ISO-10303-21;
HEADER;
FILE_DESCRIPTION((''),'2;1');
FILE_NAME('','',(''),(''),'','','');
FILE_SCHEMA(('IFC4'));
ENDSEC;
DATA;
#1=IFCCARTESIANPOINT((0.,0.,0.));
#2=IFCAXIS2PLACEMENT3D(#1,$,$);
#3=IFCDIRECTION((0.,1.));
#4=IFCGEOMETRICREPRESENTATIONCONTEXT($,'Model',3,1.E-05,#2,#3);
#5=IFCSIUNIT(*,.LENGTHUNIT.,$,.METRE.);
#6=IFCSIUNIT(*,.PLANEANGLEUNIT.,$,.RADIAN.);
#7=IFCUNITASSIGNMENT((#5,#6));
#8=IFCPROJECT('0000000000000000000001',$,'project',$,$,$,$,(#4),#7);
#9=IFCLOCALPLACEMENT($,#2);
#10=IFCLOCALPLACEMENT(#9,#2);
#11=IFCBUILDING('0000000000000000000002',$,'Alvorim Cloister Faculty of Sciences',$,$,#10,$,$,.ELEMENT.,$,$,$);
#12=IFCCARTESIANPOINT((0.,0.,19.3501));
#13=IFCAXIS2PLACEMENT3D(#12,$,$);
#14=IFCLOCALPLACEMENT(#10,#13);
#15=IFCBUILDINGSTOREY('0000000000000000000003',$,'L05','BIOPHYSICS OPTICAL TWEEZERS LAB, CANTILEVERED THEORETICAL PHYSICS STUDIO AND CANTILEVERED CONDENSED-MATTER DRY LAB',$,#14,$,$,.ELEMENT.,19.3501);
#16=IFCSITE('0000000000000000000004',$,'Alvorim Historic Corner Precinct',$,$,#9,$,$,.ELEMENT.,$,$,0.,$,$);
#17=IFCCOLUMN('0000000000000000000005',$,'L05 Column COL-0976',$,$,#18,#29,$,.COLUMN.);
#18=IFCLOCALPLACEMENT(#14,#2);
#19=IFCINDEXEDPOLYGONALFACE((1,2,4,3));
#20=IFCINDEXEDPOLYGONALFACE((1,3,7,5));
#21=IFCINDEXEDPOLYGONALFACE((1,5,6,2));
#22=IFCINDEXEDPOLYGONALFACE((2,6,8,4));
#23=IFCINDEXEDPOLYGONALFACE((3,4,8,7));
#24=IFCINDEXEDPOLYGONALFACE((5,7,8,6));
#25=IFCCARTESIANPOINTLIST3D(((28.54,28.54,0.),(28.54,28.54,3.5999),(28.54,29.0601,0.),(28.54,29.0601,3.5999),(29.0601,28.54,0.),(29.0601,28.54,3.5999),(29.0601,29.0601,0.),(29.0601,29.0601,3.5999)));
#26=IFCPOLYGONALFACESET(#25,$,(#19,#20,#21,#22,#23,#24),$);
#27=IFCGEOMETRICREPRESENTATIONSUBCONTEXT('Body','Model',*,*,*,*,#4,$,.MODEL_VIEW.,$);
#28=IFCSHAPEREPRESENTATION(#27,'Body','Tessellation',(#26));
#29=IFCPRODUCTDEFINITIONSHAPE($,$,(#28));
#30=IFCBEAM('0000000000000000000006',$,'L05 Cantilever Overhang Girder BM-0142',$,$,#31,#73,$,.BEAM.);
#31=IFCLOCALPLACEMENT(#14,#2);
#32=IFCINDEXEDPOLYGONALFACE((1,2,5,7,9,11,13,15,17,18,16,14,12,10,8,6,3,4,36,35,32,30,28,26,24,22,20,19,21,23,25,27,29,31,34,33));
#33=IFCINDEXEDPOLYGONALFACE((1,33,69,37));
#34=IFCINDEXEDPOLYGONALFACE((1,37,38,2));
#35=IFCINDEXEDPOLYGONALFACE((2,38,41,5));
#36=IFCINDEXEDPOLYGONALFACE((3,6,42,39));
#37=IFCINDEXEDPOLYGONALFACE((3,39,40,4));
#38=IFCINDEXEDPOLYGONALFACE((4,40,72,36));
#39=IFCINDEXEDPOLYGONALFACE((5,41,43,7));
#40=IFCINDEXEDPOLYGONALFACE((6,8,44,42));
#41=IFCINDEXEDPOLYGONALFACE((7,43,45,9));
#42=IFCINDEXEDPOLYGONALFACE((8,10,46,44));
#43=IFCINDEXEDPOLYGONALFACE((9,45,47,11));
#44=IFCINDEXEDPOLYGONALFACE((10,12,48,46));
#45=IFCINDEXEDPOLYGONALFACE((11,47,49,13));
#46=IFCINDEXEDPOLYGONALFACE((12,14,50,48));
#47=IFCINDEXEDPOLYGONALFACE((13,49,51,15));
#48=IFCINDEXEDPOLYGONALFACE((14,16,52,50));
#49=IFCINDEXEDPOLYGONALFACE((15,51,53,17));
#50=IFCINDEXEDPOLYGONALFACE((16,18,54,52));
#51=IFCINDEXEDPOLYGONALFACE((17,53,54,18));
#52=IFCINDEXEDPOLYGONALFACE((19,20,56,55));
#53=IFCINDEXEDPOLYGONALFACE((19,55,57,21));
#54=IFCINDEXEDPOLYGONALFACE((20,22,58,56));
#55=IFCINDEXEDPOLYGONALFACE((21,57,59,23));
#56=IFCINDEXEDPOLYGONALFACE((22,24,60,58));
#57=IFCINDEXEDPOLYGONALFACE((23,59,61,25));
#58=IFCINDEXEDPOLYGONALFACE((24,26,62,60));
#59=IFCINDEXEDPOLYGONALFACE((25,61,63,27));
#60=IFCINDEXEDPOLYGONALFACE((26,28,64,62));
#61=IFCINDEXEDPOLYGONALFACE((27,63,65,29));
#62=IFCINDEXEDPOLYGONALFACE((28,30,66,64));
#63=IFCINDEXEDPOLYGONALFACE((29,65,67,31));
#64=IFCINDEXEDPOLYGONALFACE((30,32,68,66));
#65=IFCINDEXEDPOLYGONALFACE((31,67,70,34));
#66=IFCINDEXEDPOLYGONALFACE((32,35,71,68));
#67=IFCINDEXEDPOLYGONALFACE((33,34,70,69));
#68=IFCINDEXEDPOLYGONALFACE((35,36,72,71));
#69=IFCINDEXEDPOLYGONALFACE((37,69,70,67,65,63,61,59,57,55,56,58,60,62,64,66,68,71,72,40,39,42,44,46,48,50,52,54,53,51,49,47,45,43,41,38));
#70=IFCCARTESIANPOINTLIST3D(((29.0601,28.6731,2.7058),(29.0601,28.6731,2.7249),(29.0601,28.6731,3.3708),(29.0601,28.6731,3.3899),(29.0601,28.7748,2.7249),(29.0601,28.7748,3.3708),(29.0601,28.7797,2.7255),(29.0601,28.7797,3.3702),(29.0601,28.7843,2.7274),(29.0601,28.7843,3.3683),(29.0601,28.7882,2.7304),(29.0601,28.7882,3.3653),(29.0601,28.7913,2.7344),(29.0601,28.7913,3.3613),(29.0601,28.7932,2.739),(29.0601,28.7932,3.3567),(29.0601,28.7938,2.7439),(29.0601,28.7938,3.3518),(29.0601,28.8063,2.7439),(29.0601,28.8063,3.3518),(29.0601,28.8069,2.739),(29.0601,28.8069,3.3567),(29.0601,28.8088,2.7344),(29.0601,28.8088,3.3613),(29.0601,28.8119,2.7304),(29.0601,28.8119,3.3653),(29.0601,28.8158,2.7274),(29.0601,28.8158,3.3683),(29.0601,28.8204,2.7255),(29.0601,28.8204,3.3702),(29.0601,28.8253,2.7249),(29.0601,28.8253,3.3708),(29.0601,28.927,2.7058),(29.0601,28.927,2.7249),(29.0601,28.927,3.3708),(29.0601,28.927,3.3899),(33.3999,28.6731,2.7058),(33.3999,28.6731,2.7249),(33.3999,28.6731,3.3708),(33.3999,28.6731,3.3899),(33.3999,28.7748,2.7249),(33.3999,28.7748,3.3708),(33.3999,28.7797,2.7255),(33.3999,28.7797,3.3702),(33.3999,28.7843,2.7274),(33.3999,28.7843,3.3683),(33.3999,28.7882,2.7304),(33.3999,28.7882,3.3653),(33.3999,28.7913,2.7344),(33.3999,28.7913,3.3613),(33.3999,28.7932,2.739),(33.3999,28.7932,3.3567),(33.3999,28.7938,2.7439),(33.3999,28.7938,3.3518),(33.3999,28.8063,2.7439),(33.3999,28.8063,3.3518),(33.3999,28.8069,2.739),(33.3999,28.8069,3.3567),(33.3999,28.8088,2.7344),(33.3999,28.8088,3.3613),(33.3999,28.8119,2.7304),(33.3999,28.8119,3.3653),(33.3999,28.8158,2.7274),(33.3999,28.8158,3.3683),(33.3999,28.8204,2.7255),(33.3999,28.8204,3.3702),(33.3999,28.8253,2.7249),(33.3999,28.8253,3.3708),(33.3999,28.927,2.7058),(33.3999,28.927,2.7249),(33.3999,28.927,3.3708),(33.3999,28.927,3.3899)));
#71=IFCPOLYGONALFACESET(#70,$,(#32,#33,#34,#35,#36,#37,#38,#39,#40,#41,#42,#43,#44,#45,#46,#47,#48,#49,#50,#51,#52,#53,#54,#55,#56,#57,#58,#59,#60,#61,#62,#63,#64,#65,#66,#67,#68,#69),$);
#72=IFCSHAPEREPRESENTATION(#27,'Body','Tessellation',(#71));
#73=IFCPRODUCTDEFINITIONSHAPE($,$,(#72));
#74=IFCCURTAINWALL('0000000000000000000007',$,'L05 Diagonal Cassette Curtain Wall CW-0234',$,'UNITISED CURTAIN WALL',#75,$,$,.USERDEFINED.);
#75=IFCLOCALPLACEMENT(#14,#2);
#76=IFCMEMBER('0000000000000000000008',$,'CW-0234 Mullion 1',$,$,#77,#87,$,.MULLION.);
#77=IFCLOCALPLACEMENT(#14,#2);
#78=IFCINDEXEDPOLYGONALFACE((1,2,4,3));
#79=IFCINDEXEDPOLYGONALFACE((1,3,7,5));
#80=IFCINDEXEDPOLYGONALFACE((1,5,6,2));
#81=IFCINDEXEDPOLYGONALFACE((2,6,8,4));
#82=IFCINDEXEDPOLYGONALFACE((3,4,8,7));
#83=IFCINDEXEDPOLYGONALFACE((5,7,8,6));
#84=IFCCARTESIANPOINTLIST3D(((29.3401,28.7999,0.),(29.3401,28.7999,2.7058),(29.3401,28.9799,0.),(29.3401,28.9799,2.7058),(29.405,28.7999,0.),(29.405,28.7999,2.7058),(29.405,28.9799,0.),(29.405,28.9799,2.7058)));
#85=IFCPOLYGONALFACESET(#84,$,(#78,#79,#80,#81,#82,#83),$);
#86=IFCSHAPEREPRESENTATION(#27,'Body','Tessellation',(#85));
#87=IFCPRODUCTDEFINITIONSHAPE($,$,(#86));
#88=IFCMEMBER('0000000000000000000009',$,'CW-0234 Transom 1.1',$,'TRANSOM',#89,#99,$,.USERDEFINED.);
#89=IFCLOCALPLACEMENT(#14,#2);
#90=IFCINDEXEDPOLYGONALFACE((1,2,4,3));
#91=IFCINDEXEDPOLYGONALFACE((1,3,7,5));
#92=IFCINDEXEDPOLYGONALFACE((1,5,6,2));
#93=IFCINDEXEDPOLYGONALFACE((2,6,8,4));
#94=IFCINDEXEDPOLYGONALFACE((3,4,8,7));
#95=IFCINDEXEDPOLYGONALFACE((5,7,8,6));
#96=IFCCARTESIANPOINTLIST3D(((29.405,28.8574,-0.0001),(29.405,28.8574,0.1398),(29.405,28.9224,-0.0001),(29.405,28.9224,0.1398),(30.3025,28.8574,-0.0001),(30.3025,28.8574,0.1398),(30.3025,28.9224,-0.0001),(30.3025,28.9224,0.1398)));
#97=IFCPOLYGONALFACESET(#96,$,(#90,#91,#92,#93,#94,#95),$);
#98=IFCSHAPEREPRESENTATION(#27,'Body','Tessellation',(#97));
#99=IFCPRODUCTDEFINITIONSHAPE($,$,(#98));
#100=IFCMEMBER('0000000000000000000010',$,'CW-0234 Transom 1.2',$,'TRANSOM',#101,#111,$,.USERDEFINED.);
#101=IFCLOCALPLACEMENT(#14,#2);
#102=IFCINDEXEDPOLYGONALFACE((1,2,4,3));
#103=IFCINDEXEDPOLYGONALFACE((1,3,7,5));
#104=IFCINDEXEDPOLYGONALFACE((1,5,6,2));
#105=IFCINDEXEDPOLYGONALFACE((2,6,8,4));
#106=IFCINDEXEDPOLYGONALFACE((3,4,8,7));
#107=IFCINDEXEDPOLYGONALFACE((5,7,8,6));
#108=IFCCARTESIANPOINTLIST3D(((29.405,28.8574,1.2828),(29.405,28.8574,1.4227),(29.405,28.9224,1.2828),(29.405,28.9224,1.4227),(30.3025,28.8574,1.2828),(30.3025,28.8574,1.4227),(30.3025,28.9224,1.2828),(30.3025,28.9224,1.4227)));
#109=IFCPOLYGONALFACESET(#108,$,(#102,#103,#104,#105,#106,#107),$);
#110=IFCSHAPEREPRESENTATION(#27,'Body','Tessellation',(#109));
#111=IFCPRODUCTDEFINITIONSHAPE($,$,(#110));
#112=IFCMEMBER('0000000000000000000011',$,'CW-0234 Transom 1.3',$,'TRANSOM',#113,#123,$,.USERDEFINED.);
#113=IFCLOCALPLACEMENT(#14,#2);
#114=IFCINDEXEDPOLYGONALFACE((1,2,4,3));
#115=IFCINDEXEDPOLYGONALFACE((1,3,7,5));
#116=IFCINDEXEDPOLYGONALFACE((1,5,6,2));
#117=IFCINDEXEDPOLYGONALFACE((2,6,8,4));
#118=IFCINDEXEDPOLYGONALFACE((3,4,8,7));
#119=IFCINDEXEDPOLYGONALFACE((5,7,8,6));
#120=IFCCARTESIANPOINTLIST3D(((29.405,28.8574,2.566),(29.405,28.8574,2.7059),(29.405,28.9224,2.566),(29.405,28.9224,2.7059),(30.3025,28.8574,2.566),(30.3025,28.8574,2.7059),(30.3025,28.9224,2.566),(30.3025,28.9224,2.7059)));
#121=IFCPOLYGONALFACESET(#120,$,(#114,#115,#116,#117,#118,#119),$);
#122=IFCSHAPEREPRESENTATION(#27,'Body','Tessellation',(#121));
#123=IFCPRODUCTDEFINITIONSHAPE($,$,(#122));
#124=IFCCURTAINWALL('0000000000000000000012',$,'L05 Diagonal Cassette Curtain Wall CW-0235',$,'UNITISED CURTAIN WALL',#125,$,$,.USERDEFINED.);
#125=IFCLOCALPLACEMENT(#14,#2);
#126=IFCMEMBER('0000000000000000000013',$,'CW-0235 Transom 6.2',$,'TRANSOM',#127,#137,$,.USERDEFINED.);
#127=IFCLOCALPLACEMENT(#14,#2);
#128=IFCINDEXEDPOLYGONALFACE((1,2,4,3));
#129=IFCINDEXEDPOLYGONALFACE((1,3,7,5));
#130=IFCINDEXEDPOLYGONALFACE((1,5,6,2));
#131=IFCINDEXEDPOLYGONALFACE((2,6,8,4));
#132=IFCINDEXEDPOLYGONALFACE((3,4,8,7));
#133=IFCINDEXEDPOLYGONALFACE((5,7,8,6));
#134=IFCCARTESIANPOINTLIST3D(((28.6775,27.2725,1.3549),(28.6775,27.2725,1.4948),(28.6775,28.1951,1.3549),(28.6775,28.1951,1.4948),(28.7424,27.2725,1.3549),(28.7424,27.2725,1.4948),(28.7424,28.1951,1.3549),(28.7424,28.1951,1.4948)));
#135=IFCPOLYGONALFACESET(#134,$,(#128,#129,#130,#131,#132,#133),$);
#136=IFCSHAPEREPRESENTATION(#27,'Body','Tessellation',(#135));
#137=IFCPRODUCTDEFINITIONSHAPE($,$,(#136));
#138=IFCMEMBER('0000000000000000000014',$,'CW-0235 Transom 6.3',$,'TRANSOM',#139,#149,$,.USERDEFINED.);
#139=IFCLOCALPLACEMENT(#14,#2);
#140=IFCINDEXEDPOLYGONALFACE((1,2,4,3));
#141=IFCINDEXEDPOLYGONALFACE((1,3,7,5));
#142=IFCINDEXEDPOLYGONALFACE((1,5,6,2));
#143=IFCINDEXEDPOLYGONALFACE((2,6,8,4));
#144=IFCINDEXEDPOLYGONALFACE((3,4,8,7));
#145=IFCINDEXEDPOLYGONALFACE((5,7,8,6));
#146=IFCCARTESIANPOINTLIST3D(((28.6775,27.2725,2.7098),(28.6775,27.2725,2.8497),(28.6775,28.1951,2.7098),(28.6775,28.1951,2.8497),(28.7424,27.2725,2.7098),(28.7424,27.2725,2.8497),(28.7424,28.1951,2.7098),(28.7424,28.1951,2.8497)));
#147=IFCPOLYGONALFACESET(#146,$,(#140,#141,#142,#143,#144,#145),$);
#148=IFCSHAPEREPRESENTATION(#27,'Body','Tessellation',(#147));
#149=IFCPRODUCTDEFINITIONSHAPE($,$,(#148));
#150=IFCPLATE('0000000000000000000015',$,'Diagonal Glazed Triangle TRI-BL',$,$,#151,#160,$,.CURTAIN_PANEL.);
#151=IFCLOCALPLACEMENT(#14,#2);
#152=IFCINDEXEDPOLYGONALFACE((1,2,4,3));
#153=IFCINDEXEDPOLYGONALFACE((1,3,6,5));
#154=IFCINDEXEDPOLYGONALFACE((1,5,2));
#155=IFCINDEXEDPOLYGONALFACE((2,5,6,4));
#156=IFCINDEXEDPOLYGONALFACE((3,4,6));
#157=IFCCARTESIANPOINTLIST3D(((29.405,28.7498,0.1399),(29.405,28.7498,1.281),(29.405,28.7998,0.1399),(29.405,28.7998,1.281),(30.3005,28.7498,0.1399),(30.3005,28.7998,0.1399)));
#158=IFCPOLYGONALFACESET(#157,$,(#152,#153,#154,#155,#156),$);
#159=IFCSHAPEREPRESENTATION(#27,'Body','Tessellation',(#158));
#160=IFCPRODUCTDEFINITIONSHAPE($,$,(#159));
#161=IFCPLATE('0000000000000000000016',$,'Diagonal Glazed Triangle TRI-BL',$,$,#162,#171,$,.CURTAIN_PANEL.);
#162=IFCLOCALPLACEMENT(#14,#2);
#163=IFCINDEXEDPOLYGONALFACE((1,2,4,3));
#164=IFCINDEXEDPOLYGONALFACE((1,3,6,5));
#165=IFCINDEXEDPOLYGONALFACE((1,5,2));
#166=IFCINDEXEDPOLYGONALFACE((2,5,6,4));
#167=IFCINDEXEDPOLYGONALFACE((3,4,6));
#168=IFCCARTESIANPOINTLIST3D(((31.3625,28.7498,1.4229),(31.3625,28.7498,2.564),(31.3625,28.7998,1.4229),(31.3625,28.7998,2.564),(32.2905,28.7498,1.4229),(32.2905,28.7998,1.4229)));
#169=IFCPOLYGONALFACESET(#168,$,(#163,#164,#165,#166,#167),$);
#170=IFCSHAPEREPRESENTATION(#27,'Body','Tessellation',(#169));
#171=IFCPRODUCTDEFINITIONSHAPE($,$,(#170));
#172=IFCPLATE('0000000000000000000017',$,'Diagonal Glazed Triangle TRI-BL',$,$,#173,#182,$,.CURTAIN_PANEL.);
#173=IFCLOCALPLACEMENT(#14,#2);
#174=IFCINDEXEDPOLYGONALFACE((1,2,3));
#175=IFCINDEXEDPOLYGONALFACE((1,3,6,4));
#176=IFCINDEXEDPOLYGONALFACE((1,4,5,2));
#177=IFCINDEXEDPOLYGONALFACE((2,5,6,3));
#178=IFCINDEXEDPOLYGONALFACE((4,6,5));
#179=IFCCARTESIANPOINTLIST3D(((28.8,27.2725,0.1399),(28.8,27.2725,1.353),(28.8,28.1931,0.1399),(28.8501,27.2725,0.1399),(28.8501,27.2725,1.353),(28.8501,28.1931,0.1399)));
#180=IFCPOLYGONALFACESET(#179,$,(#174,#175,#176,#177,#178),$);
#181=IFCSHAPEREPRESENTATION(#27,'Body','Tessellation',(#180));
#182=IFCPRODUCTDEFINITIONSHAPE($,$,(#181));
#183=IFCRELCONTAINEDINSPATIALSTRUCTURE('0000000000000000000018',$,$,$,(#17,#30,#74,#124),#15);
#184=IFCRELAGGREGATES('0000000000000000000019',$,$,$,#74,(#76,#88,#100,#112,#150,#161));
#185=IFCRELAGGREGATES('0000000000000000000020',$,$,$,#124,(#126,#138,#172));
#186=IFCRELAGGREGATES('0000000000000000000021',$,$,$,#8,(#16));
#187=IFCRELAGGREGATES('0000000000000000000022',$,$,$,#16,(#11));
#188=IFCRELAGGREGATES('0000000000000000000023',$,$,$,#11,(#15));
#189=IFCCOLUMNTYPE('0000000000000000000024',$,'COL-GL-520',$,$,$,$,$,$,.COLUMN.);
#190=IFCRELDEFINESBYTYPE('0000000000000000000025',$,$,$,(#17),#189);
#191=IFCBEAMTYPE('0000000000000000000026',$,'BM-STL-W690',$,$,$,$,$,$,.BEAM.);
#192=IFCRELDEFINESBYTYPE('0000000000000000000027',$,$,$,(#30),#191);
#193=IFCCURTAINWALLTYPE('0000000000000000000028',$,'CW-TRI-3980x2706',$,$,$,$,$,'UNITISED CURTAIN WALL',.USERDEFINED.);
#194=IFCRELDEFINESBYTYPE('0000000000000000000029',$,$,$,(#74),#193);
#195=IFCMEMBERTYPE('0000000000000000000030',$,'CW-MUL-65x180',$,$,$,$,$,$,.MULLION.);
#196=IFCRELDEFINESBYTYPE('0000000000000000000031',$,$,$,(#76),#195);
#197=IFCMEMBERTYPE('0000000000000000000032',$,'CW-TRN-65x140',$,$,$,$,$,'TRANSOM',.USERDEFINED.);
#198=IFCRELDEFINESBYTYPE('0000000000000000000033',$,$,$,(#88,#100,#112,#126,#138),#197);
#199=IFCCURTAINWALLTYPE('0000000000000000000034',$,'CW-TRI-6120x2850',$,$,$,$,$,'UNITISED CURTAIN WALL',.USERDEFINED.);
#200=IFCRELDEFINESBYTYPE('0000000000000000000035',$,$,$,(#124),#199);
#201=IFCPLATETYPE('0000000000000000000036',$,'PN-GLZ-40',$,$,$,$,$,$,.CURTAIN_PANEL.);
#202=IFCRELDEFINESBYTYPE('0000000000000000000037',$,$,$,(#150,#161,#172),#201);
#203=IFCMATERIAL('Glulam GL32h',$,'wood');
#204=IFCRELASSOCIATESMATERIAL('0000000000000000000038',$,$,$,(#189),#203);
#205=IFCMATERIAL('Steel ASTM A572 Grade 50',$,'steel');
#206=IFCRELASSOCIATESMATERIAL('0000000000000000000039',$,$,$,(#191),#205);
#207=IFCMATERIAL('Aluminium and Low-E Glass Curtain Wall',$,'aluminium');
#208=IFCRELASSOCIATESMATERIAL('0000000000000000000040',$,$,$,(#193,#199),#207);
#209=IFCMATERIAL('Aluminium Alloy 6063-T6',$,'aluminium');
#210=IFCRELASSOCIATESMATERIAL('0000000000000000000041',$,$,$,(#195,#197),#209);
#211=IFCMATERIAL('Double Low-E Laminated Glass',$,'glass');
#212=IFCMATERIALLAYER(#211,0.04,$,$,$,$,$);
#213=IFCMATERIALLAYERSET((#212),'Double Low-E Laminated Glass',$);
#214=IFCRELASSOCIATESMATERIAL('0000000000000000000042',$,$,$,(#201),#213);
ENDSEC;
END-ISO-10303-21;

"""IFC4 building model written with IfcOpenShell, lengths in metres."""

from ifc_helpers import new_model, si_unit, direction, frame, origin, origin_2d, place, context, subcontext, project, spatial, polyline, rectangle, i_section, outline, extrude, material, layer, layer_set, material_profile, profile_set, type_object, element, aggregate, save


model = new_model("IFC4")

# Units and contexts
model_context = context("Model", 3, precision=1e-05, world=origin(), true_north=direction((0.0, 1.0)))
body_context = subcontext(model_context, "Body", "Model", "MODEL_VIEW")
ifc_project = project(units=[si_unit("LENGTHUNIT", "METRE"), si_unit("PLANEANGLEUNIT", "RADIAN")], contexts=[model_context])

# Site, building, storey
site_placement = place(None, origin())
site = spatial("IfcSite", under=ifc_project, at=site_placement, Name="Alvorim Historic Corner Precinct", CompositionType="ELEMENT", RefElevation=0.0)
building_placement = place(site_placement, origin())
building = spatial("IfcBuilding", under=site, at=building_placement, Name="Alvorim Cloister Faculty of Sciences", CompositionType="ELEMENT")
storey_placement = place(building_placement, frame((0.0, 0.0, 19.3501)))
storey = spatial("IfcBuildingStorey", under=building, at=storey_placement, Name="L05", Description="BIOPHYSICS OPTICAL TWEEZERS LAB, CANTILEVERED THEORETICAL PHYSICS STUDIO AND CANTILEVERED CONDENSED-MATTER DRY LAB", CompositionType="ELEMENT", Elevation=19.3501)

# Column
ifc_material_1 = material(Name="Glulam GL32h", Category="wood")
ifc_material_profile_1 = material_profile(ifc_material_1, rectangle(XDim=0.52, YDim=0.52, at=origin_2d()), Name="GL32-COL-520x520")
ifc_profile_set_1 = profile_set([ifc_material_profile_1], Name="Glulam GL32h")
column_type = type_object("IfcColumnType", Name="COL-GL-520", PredefinedType="COLUMN", material=ifc_profile_set_1)
column_placement = place(storey_placement, frame((28.8, 28.8, 0.0), z_axis=(0.0, 0.0, 1.0), x_axis=(1.0, 0.0, 0.0)))
element("IfcColumn", 1, at=column_placement, inside=storey, type_object=column_type, Name="L05 Column COL-0976", PredefinedType="COLUMN", context=body_context, shape_type="SweptSolid", body=[
    extrude(rectangle(XDim=0.52, YDim=0.52, at=origin_2d()), origin(), (0.0, 0.0, 1.0), 3.5999),
])

# Beam
ifc_material_2 = material(Name="Steel ASTM A572 Grade 50", Category="steel")
ifc_material_profile_2 = material_profile(ifc_material_2, i_section(OverallWidth=0.2539, OverallDepth=0.6841, WebThickness=0.0125, FlangeThickness=0.019, FilletRadius=0.019, at=origin_2d()), Name="W690x140.0")
ifc_profile_set_2 = profile_set([ifc_material_profile_2], Name="Steel ASTM A572 Grade 50")
beam_type = type_object("IfcBeamType", Name="BM-STL-W690", PredefinedType="BEAM", material=ifc_profile_set_2)
beam_placement = place(storey_placement, frame((29.0601, 28.8, 3.0479), z_axis=(1.0, 0.0, 0.0), x_axis=(0.0, 1.0, 0.0)))
element("IfcBeam", 2, at=beam_placement, inside=storey, type_object=beam_type, Name="L05 Cantilever Overhang Girder BM-0142", PredefinedType="BEAM", context=body_context, shape_type="SweptSolid", body=[
    extrude(i_section(OverallWidth=0.2539, OverallDepth=0.6841, WebThickness=0.0125, FlangeThickness=0.019, FilletRadius=0.019, at=origin_2d()), origin(), (0.0, 0.0, 1.0), 4.3398),
])

# Curtain walls, members
ifc_material_3 = material(Name="Aluminium and Low-E Glass Curtain Wall", Category="aluminium")
curtain_wall_type_1 = type_object("IfcCurtainWallType", Name="CW-TRI-3980x2706", ElementType="UNITISED CURTAIN WALL", PredefinedType="USERDEFINED", material=ifc_material_3)
curtain_wall_1_placement = place(storey_placement, origin())
curtain_wall_1 = element("IfcCurtainWall", 3, at=curtain_wall_1_placement, inside=storey, type_object=curtain_wall_type_1, Name="L05 Diagonal Cassette Curtain Wall CW-0234", ObjectType="UNITISED CURTAIN WALL", PredefinedType="USERDEFINED")
ifc_material_4 = material(Name="Aluminium Alloy 6063-T6", Category="aluminium")
ifc_material_profile_3 = material_profile(ifc_material_4, rectangle(XDim=0.0649, YDim=0.1799, at=origin_2d()), Name="ALU-MUL-65x180")
ifc_profile_set_3 = profile_set([ifc_material_profile_3], Name="Aluminium Alloy 6063-T6")
member_type_1 = type_object("IfcMemberType", Name="CW-MUL-65x180", PredefinedType="MULLION", material=ifc_profile_set_3)
member_1_placement = place(storey_placement, frame((29.3726, 28.8899, 0.0), z_axis=(0.0, 0.0, 1.0), x_axis=(1.0, 0.0, 0.0)))
member_1 = element("IfcMember", 4, at=member_1_placement, type_object=member_type_1, Name="CW-0234 Mullion 1", PredefinedType="MULLION", context=body_context, shape_type="SweptSolid", body=[
    extrude(rectangle(XDim=0.0649, YDim=0.1799, at=origin_2d()), origin(), (0.0, 0.0, 1.0), 2.7058),
])
ifc_material_profile_4 = material_profile(ifc_material_4, rectangle(XDim=0.0649, YDim=0.1399, at=origin_2d()), Name="ALU-TRN-65x140")
ifc_profile_set_4 = profile_set([ifc_material_profile_4], Name="Aluminium Alloy 6063-T6")
member_type_2 = type_object("IfcMemberType", Name="CW-TRN-65x140", ElementType="TRANSOM", PredefinedType="USERDEFINED", material=ifc_profile_set_4)
member_2_placement = place(storey_placement, frame((29.405, 28.8899, 0.0698), z_axis=(1.0, 0.0, 0.0), x_axis=(0.0, 1.0, 0.0)))
member_2 = element("IfcMember", 5, at=member_2_placement, type_object=member_type_2, Name="CW-0234 Transom 1.1", ObjectType="TRANSOM", PredefinedType="USERDEFINED", context=body_context, shape_type="SweptSolid", body=[
    extrude(rectangle(XDim=0.0649, YDim=0.1399, at=origin_2d()), origin(), (0.0, 0.0, 1.0), 0.8975),
])
member_3_placement = place(storey_placement, frame((29.405, 28.8899, 1.3528), z_axis=(1.0, 0.0, 0.0), x_axis=(0.0, 1.0, 0.0)))
member_3 = element("IfcMember", 6, at=member_3_placement, type_object=member_type_2, Name="CW-0234 Transom 1.2", ObjectType="TRANSOM", PredefinedType="USERDEFINED", context=body_context, shape_type="SweptSolid", body=[
    extrude(rectangle(XDim=0.0649, YDim=0.1399, at=origin_2d()), origin(), (0.0, 0.0, 1.0), 0.8975),
])
member_4_placement = place(storey_placement, frame((29.405, 28.8899, 2.636), z_axis=(1.0, 0.0, 0.0), x_axis=(0.0, 1.0, 0.0)))
member_4 = element("IfcMember", 7, at=member_4_placement, type_object=member_type_2, Name="CW-0234 Transom 1.3", ObjectType="TRANSOM", PredefinedType="USERDEFINED", context=body_context, shape_type="SweptSolid", body=[
    extrude(rectangle(XDim=0.0649, YDim=0.1399, at=origin_2d()), origin(), (0.0, 0.0, 1.0), 0.8975),
])
curtain_wall_type_2 = type_object("IfcCurtainWallType", Name="CW-TRI-6120x2850", ElementType="UNITISED CURTAIN WALL", PredefinedType="USERDEFINED", material=ifc_material_3)
curtain_wall_2_placement = place(storey_placement, origin())
curtain_wall_2 = element("IfcCurtainWall", 8, at=curtain_wall_2_placement, inside=storey, type_object=curtain_wall_type_2, Name="L05 Diagonal Cassette Curtain Wall CW-0235", ObjectType="UNITISED CURTAIN WALL", PredefinedType="USERDEFINED")
member_5_placement = place(storey_placement, frame((28.71, 27.2725, 1.4248), z_axis=(0.0, 1.0, 0.0), x_axis=(-1.0, 0.0, 0.0)))
member_5 = element("IfcMember", 9, at=member_5_placement, type_object=member_type_2, Name="CW-0235 Transom 6.2", ObjectType="TRANSOM", PredefinedType="USERDEFINED", context=body_context, shape_type="SweptSolid", body=[
    extrude(rectangle(XDim=0.0649, YDim=0.1399, at=origin_2d()), origin(), (0.0, 0.0, 1.0), 0.9226),
])
member_6_placement = place(storey_placement, frame((28.71, 27.2725, 2.7798), z_axis=(0.0, 1.0, 0.0), x_axis=(-1.0, 0.0, 0.0)))
member_6 = element("IfcMember", 10, at=member_6_placement, type_object=member_type_2, Name="CW-0235 Transom 6.3", ObjectType="TRANSOM", PredefinedType="USERDEFINED", context=body_context, shape_type="SweptSolid", body=[
    extrude(rectangle(XDim=0.0649, YDim=0.1399, at=origin_2d()), origin(), (0.0, 0.0, 1.0), 0.9226),
])

# Plates
ifc_material_5 = material(Name="Double Low-E Laminated Glass", Category="glass")
ifc_layer_1 = layer(ifc_material_5, 0.04)
ifc_layer_set_1 = layer_set([ifc_layer_1], Name="Double Low-E Laminated Glass")
plate_type = type_object("IfcPlateType", Name="PN-GLZ-40", PredefinedType="CURTAIN_PANEL", material=ifc_layer_set_1)
plate_1_placement = place(storey_placement, frame((29.405, 28.7749, 0.1399), z_axis=(0.0, 0.0, 1.0), x_axis=(1.0, 0.0, 0.0)))
plate_1 = element("IfcPlate", 11, at=plate_1_placement, type_object=plate_type, Name="Diagonal Glazed Triangle TRI-BL", PredefinedType="CURTAIN_PANEL", context=body_context, shape_type="SweptSolid", body=[
    extrude(outline(polyline([(0.0, 0.0), (0.8955, 0.0), (0.0, 1.1411), (0.0, 0.0)])), frame((0.0, 0.0249, 0.0), z_axis=(0.0, -1.0, 0.0), x_axis=(1.0, 0.0, 0.0)), (0.0, 0.0, 1.0), 0.05),
])
plate_2_placement = place(storey_placement, frame((31.3625, 28.7749, 1.4229), z_axis=(0.0, 0.0, 1.0), x_axis=(1.0, 0.0, 0.0)))
plate_2 = element("IfcPlate", 12, at=plate_2_placement, type_object=plate_type, Name="Diagonal Glazed Triangle TRI-BL", PredefinedType="CURTAIN_PANEL", context=body_context, shape_type="SweptSolid", body=[
    extrude(outline(polyline([(0.0, 0.0), (0.928, 0.0), (0.0, 1.1411), (0.0, 0.0)])), frame((0.0, 0.0249, 0.0), z_axis=(0.0, -1.0, 0.0), x_axis=(1.0, 0.0, 0.0)), (0.0, 0.0, 1.0), 0.05),
])
aggregate(curtain_wall_1, [member_1, member_2, member_3, member_4, plate_1, plate_2])
plate_3_placement = place(storey_placement, frame((28.825, 27.2725, 0.1399), z_axis=(0.0, 0.0, 1.0), x_axis=(0.0, 1.0, 0.0)))
plate_3 = element("IfcPlate", 13, at=plate_3_placement, type_object=plate_type, Name="Diagonal Glazed Triangle TRI-BL", PredefinedType="CURTAIN_PANEL", context=body_context, shape_type="SweptSolid", body=[
    extrude(outline(polyline([(0.0, 0.0), (0.9207, 0.0), (0.0, 1.2131), (0.0, 0.0)])), frame((0.0, 0.0249, 0.0), z_axis=(0.0, -1.0, 0.0), x_axis=(1.0, 0.0, 0.0)), (0.0, 0.0, 1.0), 0.05),
])
aggregate(curtain_wall_2, [member_5, member_6, plate_3])

save(model, "model.ifc")
